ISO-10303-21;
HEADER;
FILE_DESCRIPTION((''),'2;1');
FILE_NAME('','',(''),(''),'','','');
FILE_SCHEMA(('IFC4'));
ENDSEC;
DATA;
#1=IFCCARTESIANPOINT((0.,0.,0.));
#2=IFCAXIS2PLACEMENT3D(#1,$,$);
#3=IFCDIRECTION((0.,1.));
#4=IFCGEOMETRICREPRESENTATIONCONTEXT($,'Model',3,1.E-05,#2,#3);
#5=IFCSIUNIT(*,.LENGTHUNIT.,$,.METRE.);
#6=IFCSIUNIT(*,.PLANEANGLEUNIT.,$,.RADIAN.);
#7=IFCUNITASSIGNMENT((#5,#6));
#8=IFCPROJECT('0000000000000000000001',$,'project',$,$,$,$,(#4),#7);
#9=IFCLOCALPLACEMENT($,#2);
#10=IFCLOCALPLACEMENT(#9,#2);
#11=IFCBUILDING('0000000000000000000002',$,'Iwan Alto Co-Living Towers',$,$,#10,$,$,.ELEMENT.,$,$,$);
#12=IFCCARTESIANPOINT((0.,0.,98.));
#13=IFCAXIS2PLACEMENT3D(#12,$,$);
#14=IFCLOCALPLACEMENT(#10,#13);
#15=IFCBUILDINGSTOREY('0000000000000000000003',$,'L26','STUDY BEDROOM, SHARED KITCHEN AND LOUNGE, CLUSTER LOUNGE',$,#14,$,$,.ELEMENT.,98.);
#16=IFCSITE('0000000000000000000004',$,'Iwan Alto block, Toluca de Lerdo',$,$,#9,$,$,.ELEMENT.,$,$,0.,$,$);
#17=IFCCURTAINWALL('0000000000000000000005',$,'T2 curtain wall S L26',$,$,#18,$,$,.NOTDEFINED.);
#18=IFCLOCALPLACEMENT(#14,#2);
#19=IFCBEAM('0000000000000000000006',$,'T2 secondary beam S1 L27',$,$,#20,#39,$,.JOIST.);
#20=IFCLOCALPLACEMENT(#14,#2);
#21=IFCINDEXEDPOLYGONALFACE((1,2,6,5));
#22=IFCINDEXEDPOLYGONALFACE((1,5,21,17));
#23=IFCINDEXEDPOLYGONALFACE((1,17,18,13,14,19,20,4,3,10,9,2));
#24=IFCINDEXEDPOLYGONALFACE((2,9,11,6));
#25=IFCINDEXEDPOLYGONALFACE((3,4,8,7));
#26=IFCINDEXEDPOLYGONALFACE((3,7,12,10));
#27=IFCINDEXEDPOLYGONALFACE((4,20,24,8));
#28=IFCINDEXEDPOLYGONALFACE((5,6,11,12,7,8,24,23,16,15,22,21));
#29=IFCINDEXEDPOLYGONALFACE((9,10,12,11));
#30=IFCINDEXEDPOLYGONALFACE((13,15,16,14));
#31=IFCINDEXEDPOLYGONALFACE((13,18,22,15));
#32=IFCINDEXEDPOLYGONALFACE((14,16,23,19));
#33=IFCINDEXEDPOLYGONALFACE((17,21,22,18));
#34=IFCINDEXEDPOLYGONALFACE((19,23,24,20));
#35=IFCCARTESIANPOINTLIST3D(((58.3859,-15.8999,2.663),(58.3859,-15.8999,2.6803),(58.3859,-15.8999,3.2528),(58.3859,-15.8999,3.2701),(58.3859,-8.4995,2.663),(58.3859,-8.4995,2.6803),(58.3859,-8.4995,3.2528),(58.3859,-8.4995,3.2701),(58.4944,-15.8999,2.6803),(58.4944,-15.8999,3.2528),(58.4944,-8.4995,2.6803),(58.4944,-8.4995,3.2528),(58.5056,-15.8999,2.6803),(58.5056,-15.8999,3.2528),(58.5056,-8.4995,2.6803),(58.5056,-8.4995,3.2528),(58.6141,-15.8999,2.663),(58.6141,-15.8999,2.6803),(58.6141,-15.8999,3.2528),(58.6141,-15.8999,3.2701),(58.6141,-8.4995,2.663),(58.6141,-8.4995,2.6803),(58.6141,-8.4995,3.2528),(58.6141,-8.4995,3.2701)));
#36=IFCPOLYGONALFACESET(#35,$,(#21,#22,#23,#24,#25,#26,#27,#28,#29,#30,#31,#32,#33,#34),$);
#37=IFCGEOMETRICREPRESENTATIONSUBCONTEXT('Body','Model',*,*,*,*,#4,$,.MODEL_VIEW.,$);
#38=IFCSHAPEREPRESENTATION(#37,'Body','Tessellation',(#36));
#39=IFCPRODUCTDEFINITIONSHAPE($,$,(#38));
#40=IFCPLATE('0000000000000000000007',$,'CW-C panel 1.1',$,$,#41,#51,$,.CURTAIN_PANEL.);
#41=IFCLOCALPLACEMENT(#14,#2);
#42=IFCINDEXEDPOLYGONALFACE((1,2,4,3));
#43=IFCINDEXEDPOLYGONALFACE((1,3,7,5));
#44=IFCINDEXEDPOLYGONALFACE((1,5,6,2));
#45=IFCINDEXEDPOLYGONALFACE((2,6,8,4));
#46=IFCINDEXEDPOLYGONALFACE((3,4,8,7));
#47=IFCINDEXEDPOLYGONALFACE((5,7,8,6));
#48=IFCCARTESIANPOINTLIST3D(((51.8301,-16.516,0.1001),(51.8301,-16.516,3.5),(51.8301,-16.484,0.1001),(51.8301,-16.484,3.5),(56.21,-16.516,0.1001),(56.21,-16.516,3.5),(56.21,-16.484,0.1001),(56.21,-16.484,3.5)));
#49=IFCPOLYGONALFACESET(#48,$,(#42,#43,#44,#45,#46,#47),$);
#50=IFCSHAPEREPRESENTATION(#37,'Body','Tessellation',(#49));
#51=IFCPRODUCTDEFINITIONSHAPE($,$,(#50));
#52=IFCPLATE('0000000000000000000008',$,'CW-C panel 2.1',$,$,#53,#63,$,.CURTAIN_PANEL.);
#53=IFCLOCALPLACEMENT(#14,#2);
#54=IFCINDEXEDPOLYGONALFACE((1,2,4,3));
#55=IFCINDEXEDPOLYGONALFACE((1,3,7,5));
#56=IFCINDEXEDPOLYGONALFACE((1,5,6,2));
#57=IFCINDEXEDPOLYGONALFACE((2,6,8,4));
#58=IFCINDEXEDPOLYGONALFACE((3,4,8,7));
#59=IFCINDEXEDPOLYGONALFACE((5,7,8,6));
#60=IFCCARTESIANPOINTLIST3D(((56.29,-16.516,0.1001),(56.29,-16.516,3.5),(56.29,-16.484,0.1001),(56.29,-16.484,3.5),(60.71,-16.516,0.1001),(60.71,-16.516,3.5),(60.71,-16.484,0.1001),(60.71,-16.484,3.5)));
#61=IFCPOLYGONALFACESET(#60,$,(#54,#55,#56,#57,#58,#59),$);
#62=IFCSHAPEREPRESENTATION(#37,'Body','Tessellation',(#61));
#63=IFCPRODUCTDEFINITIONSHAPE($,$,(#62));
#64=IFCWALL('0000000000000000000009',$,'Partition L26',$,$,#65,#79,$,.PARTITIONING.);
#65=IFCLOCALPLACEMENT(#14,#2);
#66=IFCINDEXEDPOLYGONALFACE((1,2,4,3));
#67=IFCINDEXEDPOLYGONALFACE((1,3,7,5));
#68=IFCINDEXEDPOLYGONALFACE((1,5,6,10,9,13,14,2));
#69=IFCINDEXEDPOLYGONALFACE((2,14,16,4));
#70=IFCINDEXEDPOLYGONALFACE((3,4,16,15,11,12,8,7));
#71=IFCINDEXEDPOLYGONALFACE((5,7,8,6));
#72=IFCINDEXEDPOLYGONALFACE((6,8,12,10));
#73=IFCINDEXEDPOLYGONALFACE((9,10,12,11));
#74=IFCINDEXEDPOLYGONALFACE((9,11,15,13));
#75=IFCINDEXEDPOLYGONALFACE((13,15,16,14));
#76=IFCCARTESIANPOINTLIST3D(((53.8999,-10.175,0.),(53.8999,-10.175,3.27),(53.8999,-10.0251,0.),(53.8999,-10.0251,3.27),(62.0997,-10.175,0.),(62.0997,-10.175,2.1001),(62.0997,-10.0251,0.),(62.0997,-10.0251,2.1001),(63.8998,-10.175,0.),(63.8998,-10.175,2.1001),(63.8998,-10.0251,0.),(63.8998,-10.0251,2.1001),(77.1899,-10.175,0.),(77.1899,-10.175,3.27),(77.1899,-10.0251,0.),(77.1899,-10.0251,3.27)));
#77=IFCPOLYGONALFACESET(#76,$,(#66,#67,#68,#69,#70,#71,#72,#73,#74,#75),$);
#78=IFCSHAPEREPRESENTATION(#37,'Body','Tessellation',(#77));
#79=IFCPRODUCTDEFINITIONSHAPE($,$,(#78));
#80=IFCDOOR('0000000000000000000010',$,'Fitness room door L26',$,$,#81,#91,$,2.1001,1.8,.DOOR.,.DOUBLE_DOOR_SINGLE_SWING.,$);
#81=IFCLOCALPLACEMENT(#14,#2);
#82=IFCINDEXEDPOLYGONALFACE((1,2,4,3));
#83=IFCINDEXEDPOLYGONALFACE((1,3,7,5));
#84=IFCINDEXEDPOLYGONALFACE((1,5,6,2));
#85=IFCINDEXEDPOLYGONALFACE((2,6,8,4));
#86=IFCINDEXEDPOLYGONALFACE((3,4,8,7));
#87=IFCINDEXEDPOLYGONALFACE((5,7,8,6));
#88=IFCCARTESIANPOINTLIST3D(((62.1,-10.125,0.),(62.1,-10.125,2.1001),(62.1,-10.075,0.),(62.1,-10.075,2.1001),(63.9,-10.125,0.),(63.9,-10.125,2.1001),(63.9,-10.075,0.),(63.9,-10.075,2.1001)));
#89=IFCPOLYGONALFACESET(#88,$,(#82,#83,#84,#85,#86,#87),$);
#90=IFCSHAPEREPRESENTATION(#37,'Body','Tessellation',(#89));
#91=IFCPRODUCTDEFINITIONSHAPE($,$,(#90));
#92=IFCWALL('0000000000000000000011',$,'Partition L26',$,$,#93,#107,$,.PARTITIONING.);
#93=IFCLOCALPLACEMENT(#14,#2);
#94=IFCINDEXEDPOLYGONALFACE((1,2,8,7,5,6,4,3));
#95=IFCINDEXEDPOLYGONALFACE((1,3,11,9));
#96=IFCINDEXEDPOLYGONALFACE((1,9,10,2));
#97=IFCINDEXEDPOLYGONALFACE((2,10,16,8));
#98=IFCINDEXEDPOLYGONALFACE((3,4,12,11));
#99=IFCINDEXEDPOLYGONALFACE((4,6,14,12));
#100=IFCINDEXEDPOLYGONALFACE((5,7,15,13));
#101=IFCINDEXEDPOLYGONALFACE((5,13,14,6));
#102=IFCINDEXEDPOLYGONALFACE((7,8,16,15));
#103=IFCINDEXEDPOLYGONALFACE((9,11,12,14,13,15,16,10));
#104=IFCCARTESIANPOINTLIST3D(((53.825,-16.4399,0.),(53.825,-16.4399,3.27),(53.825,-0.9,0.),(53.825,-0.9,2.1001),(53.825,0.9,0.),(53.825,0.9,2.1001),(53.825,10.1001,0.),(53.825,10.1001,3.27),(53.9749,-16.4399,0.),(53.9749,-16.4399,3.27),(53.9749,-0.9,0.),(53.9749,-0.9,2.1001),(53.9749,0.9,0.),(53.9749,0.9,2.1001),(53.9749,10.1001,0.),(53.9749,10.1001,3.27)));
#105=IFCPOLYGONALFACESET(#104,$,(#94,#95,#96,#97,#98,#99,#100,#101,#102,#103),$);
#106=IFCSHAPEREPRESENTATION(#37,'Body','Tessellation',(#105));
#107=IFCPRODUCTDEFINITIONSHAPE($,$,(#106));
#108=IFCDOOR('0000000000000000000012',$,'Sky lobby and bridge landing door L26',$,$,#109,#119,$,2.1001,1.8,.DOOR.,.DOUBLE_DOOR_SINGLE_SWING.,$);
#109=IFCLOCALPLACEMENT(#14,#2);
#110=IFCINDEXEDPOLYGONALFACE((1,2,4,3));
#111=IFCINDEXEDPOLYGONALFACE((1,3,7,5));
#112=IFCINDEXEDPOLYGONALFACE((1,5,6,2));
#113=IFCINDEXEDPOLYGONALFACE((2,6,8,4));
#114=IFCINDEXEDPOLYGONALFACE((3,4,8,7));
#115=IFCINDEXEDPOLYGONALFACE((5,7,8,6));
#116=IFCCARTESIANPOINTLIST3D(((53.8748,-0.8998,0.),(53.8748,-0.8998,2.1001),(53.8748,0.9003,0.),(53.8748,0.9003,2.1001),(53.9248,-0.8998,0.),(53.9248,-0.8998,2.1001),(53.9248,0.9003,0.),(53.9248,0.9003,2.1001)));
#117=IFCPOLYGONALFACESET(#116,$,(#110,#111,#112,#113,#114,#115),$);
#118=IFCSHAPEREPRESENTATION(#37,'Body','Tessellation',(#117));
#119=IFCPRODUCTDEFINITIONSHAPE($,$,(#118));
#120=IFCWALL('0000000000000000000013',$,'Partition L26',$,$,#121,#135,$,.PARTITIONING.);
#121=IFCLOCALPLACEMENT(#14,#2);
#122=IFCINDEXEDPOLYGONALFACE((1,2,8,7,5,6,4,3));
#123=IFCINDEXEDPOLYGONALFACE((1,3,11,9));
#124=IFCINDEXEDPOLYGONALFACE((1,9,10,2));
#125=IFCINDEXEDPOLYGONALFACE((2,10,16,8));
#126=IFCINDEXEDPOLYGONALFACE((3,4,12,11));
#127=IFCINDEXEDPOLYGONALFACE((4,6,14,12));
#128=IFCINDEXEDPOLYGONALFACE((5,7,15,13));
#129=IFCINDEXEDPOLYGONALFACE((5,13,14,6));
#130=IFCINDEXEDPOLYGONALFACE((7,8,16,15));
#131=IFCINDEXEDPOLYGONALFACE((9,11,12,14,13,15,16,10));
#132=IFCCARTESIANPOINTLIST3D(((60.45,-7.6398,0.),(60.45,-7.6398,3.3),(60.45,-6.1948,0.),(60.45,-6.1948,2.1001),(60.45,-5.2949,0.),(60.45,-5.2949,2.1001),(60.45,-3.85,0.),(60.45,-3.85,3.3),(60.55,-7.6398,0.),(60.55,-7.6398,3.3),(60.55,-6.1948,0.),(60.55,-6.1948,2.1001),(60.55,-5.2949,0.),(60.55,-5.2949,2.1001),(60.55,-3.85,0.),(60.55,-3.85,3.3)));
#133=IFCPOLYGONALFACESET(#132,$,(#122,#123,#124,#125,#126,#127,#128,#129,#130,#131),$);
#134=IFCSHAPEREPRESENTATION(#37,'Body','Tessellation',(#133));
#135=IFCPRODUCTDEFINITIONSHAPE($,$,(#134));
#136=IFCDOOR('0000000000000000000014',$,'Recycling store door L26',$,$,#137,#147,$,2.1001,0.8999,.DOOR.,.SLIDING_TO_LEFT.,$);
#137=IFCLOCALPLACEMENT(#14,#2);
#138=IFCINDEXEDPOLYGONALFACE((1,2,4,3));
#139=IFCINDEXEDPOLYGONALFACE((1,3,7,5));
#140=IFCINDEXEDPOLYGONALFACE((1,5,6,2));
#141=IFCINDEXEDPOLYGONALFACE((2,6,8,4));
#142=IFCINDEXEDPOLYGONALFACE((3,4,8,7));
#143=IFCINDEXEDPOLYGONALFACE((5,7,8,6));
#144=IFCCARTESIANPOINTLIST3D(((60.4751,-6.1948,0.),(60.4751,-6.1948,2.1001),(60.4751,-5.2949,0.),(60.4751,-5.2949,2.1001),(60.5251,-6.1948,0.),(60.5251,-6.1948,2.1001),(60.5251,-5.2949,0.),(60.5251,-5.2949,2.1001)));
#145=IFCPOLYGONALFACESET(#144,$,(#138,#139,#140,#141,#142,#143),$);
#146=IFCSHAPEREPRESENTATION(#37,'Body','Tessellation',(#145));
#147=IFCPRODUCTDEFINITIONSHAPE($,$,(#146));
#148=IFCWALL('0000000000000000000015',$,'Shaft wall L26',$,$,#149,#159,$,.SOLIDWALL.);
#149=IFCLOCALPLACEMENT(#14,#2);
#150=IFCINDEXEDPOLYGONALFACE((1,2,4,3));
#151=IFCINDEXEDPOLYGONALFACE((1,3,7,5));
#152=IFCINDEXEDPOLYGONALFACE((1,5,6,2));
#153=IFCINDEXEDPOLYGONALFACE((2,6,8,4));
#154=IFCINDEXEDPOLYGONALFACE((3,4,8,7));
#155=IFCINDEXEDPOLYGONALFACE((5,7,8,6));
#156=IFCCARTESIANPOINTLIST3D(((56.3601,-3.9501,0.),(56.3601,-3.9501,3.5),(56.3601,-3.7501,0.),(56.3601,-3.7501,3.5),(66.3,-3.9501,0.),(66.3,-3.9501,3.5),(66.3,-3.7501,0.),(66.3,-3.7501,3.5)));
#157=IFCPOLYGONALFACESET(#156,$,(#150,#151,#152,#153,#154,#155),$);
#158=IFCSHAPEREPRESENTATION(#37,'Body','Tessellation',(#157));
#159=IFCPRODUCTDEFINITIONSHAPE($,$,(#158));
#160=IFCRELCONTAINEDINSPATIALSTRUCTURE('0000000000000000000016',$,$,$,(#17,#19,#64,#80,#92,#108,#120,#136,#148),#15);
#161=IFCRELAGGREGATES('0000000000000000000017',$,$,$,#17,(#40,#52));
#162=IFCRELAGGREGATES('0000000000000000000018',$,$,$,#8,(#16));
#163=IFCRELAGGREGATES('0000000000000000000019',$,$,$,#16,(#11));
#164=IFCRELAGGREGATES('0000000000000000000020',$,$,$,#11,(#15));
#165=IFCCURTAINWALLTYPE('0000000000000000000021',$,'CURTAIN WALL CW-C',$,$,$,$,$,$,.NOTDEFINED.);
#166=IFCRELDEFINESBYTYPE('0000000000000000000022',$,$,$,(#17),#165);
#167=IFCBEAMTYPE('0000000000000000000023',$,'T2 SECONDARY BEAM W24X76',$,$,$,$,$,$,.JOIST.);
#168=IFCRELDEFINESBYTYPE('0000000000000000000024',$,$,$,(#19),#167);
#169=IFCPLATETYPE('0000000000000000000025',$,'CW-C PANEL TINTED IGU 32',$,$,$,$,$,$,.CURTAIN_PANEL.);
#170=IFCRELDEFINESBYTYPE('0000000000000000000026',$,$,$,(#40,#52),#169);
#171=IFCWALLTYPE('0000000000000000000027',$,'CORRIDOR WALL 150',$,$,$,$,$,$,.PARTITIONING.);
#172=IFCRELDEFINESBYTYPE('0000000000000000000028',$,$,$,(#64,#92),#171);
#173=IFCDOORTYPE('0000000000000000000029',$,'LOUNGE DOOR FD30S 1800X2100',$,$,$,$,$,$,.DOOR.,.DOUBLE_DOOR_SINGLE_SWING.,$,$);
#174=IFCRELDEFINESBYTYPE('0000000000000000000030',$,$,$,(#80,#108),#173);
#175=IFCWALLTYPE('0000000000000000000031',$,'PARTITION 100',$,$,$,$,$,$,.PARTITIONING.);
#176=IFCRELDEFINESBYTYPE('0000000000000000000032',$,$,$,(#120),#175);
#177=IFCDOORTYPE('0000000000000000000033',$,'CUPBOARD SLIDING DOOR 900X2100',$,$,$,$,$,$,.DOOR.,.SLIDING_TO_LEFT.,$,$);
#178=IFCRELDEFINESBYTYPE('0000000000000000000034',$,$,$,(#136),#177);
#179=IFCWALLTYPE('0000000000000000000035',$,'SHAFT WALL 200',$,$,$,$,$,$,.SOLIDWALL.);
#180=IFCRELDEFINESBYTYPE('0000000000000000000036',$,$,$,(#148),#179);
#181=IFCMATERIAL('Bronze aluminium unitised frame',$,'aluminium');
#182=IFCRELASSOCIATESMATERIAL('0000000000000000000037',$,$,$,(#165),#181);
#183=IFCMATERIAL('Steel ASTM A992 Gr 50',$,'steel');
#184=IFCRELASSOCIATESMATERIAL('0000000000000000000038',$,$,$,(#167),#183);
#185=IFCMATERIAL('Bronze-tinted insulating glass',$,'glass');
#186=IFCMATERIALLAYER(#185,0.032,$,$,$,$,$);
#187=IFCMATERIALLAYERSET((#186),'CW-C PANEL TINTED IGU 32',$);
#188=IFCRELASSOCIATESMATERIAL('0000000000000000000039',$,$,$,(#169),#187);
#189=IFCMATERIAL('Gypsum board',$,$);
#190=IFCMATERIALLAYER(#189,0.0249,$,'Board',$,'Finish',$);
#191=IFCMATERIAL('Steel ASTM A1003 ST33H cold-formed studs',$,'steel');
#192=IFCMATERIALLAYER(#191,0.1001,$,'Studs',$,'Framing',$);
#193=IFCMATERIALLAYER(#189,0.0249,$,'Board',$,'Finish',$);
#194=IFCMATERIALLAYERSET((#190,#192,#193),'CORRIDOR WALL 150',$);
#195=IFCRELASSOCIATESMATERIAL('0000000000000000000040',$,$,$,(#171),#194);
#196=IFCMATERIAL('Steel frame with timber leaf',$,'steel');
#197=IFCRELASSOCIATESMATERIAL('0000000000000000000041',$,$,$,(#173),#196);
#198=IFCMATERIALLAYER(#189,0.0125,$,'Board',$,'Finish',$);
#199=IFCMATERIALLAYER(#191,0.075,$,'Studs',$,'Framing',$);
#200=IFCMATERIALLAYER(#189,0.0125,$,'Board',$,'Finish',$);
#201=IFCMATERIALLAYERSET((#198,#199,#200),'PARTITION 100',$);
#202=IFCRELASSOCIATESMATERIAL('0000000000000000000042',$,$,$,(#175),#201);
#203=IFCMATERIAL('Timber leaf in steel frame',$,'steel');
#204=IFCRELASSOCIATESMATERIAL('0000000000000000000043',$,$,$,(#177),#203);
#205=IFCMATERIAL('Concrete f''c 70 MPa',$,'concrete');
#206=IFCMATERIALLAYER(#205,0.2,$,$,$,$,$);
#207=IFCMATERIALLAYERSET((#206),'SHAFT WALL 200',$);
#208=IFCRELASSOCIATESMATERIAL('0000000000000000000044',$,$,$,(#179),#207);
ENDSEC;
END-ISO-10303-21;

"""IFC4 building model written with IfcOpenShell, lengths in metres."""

from ifc_helpers import new_model, si_unit, direction, frame, frame_2d, origin, origin_2d, place, context, subcontext, project, spatial, rectangle, i_section, extrude, material, layer, layer_set, material_profile, profile_set, type_object, element, fill, aggregate, save


model = new_model("IFC4")

# Units and contexts
model_context = context("Model", 3, precision=1e-05, world=origin(), true_north=direction((0.0, 1.0)))
body_context = subcontext(model_context, "Body", "Model", "MODEL_VIEW")
ifc_project = project(units=[si_unit("LENGTHUNIT", "METRE"), si_unit("PLANEANGLEUNIT", "RADIAN")], contexts=[model_context])

# Site, building, storey
site_placement = place(None, origin())
site = spatial("IfcSite", under=ifc_project, at=site_placement, Name="Iwan Alto block, Toluca de Lerdo", CompositionType="ELEMENT", RefElevation=0.0)
building_placement = place(site_placement, origin())
building = spatial("IfcBuilding", under=site, at=building_placement, Name="Iwan Alto Co-Living Towers", CompositionType="ELEMENT")
storey_placement = place(building_placement, frame((0.0, 0.0, 98.0)))
storey = spatial("IfcBuildingStorey", under=building, at=storey_placement, Name="L26", Description="STUDY BEDROOM, SHARED KITCHEN AND LOUNGE, CLUSTER LOUNGE", CompositionType="ELEMENT", Elevation=98.0)

# Curtain wall
ifc_material_1 = material(Name="Bronze aluminium unitised frame", Category="aluminium")
curtain_wall_type_1 = type_object("IfcCurtainWallType", Name="CURTAIN WALL CW-C", PredefinedType="NOTDEFINED", material=ifc_material_1)
curtain_wall_1_placement = place(storey_placement, origin())
curtain_wall_1 = element("IfcCurtainWall", 1, at=curtain_wall_1_placement, inside=storey, type_object=curtain_wall_type_1, Name="T2 curtain wall S L26", PredefinedType="NOTDEFINED")

# Beam
ifc_material_2 = material(Name="Steel ASTM A992 Gr 50", Category="steel")
ifc_material_profile_1 = material_profile(ifc_material_2, i_section(OverallWidth=0.2283, OverallDepth=0.6072, WebThickness=0.0112, FlangeThickness=0.0173, at=origin_2d()), Name="W24X76")
ifc_profile_set_1 = profile_set([ifc_material_profile_1], Name="Steel ASTM A992 Gr 50")
beam_type_1 = type_object("IfcBeamType", Name="T2 SECONDARY BEAM W24X76", PredefinedType="JOIST", material=ifc_profile_set_1)
beam_1_placement = place(storey_placement, frame((58.5, -15.8999, 2.9666), z_axis=(0.0, 1.0, 0.0), x_axis=(-1.0, 0.0, 0.0)))
element("IfcBeam", 2, at=beam_1_placement, inside=storey, type_object=beam_type_1, Name="T2 secondary beam S1 L27", PredefinedType="JOIST", context=body_context, shape_type="SweptSolid", body=[
    extrude(i_section(OverallWidth=0.2283, OverallDepth=0.6072, WebThickness=0.0112, FlangeThickness=0.0173, at=origin_2d()), origin(), (0.0, 0.0, 1.0), 7.4004),
])

# Plates
ifc_material_3 = material(Name="Bronze-tinted insulating glass", Category="glass")
ifc_layer_1 = layer(ifc_material_3, 0.032)
ifc_layer_set_1 = layer_set([ifc_layer_1], Name="CW-C PANEL TINTED IGU 32")
plate_type = type_object("IfcPlateType", Name="CW-C PANEL TINTED IGU 32", PredefinedType="CURTAIN_PANEL", material=ifc_layer_set_1)
plate_1_placement = place(storey_placement, frame((54.02, -16.5, 0.1001), z_axis=(0.0, 0.0, 1.0), x_axis=(1.0, 0.0, 0.0)))
plate_1 = element("IfcPlate", 3, at=plate_1_placement, type_object=plate_type, Name="CW-C panel 1.1", PredefinedType="CURTAIN_PANEL", context=body_context, shape_type="SweptSolid", body=[
    extrude(rectangle(XDim=4.3799, YDim=0.032, at=origin_2d()), origin(), (0.0, 0.0, 1.0), 3.3999),
])
plate_2_placement = place(storey_placement, frame((58.5, -16.5, 0.1001), z_axis=(0.0, 0.0, 1.0), x_axis=(1.0, 0.0, 0.0)))
plate_2 = element("IfcPlate", 4, at=plate_2_placement, type_object=plate_type, Name="CW-C panel 2.1", PredefinedType="CURTAIN_PANEL", context=body_context, shape_type="SweptSolid", body=[
    extrude(rectangle(XDim=4.4199, YDim=0.032, at=origin_2d()), origin(), (0.0, 0.0, 1.0), 3.3999),
])
aggregate(curtain_wall_1, [plate_1, plate_2])

# Walls, openings, doors
ifc_material_4 = material(Name="Gypsum board")
ifc_layer_2 = layer(ifc_material_4, 0.0249, Name="Board", Category="Finish")
ifc_material_5 = material(Name="Steel ASTM A1003 ST33H cold-formed studs", Category="steel")
ifc_layer_3 = layer(ifc_material_5, 0.1001, Name="Studs", Category="Framing")
ifc_layer_4 = layer(ifc_material_4, 0.0249, Name="Board", Category="Finish")
ifc_layer_set_2 = layer_set([ifc_layer_2, ifc_layer_3, ifc_layer_4], Name="CORRIDOR WALL 150")
wall_type_1 = type_object("IfcWallType", Name="CORRIDOR WALL 150", PredefinedType="PARTITIONING", material=ifc_layer_set_2)
wall_1_placement = place(storey_placement, frame((53.8999, -10.1001, 0.0), z_axis=(0.0, 0.0, 1.0), x_axis=(1.0, 0.0, 0.0)))
wall_1 = element("IfcWall", 5, at=wall_1_placement, inside=storey, type_object=wall_type_1, Name="Partition L26", PredefinedType="PARTITIONING", context=body_context, shape_type="SweptSolid", body=[
    extrude(rectangle(XDim=23.29, YDim=0.1499, at=frame_2d((11.645, 0.0))), origin(), (0.0, 0.0, 1.0), 3.27),
])
opening_1_placement = place(wall_1_placement, frame((8.2, 0.0, 0.0)))
opening_1 = element("IfcOpeningElement", 6, at=opening_1_placement, cuts=wall_1, PredefinedType="OPENING", context=body_context, shape_type="SweptSolid", body=[
    extrude(rectangle(XDim=1.8, YDim=2.1001, at=frame_2d((0.8999, 1.05))), frame((0.0, 0.085, 0.0), z_axis=(0.0, -1.0, 0.0), x_axis=(1.0, 0.0, 0.0)), (0.0, 0.0, 1.0), 0.1699),
])
ifc_material_6 = material(Name="Steel frame with timber leaf", Category="steel")
door_type_1 = type_object("IfcDoorType", Name="LOUNGE DOOR FD30S 1800X2100", OperationType="DOUBLE_DOOR_SINGLE_SWING", PredefinedType="DOOR", material=ifc_material_6)
door_1_placement = place(opening_1_placement, frame((1.8, 0.0, 0.0), z_axis=(0.0, 0.0, 1.0), x_axis=(-1.0, 0.0, 0.0)))
door_1 = element("IfcDoor", 7, at=door_1_placement, inside=storey, type_object=door_type_1, Name="Fitness room door L26", OperationType="DOUBLE_DOOR_SINGLE_SWING", OverallHeight=2.1001, OverallWidth=1.8, PredefinedType="DOOR", context=body_context, shape_type="SweptSolid", body=[
    extrude(rectangle(XDim=1.8, YDim=2.1001, at=frame_2d((0.8999, 1.05))), frame((0.0, 0.0249, 0.0), z_axis=(0.0, -1.0, 0.0), x_axis=(1.0, 0.0, 0.0)), (0.0, 0.0, 1.0), 0.05),
])
fill(opening_1, door_1)
wall_2_placement = place(storey_placement, frame((53.8999, -16.4399, 0.0), z_axis=(0.0, 0.0, 1.0), x_axis=(0.0, 1.0, 0.0)))
wall_2 = element("IfcWall", 8, at=wall_2_placement, inside=storey, type_object=wall_type_1, Name="Partition L26", PredefinedType="PARTITIONING", context=body_context, shape_type="SweptSolid", body=[
    extrude(rectangle(XDim=26.54, YDim=0.1499, at=frame_2d((13.27, 0.0))), origin(), (0.0, 0.0, 1.0), 3.27),
])
opening_2_placement = place(wall_2_placement, frame((15.54, 0.0, 0.0)))
opening_2 = element("IfcOpeningElement", 9, at=opening_2_placement, cuts=wall_2, PredefinedType="OPENING", context=body_context, shape_type="SweptSolid", body=[
    extrude(rectangle(XDim=1.8, YDim=2.1001, at=frame_2d((0.8999, 1.05))), frame((0.0, 0.085, 0.0), z_axis=(0.0, -1.0, 0.0), x_axis=(1.0, 0.0, 0.0)), (0.0, 0.0, 1.0), 0.1699),
])
door_2_placement = place(opening_2_placement, frame((1.8, 0.0, 0.0), z_axis=(0.0, 0.0, 1.0), x_axis=(-1.0, 0.0, 0.0)))
door_2 = element("IfcDoor", 10, at=door_2_placement, inside=storey, type_object=door_type_1, Name="Sky lobby and bridge landing door L26", OperationType="DOUBLE_DOOR_SINGLE_SWING", OverallHeight=2.1001, OverallWidth=1.8, PredefinedType="DOOR", context=body_context, shape_type="SweptSolid", body=[
    extrude(rectangle(XDim=1.8, YDim=2.1001, at=frame_2d((0.8999, 1.05))), frame((0.0, 0.0249, 0.0), z_axis=(0.0, -1.0, 0.0), x_axis=(1.0, 0.0, 0.0)), (0.0, 0.0, 1.0), 0.05),
])
fill(opening_2, door_2)
ifc_layer_5 = layer(ifc_material_4, 0.0125, Name="Board", Category="Finish")
ifc_layer_6 = layer(ifc_material_5, 0.075, Name="Studs", Category="Framing")
ifc_layer_7 = layer(ifc_material_4, 0.0125, Name="Board", Category="Finish")
ifc_layer_set_3 = layer_set([ifc_layer_5, ifc_layer_6, ifc_layer_7], Name="PARTITION 100")
wall_type_2 = type_object("IfcWallType", Name="PARTITION 100", PredefinedType="PARTITIONING", material=ifc_layer_set_3)
wall_3_placement = place(storey_placement, frame((60.5, -7.6399, 0.0), z_axis=(0.0, 0.0, 1.0), x_axis=(0.0, 1.0, 0.0)))
wall_3 = element("IfcWall", 11, at=wall_3_placement, inside=storey, type_object=wall_type_2, Name="Partition L26", PredefinedType="PARTITIONING", context=body_context, shape_type="SweptSolid", body=[
    extrude(rectangle(XDim=3.7898, YDim=0.1001, at=frame_2d((1.895, 0.0))), origin(), (0.0, 0.0, 1.0), 3.3),
])
opening_3_placement = place(wall_3_placement, frame((1.4451, 0.0, 0.0)))
opening_3 = element("IfcOpeningElement", 12, at=opening_3_placement, cuts=wall_3, PredefinedType="OPENING", context=body_context, shape_type="SweptSolid", body=[
    extrude(rectangle(XDim=0.8999, YDim=2.1001, at=frame_2d((0.45, 1.05))), frame((0.0, 0.0601, 0.0), z_axis=(0.0, -1.0, 0.0), x_axis=(1.0, 0.0, 0.0)), (0.0, 0.0, 1.0), 0.1201),
])
ifc_material_7 = material(Name="Timber leaf in steel frame", Category="steel")
door_type_2 = type_object("IfcDoorType", Name="CUPBOARD SLIDING DOOR 900X2100", OperationType="SLIDING_TO_LEFT", PredefinedType="DOOR", material=ifc_material_7)
door_3_placement = place(opening_3_placement, origin())
door_3 = element("IfcDoor", 13, at=door_3_placement, inside=storey, type_object=door_type_2, Name="Recycling store door L26", OperationType="SLIDING_TO_LEFT", OverallHeight=2.1001, OverallWidth=0.8999, PredefinedType="DOOR", context=body_context, shape_type="SweptSolid", body=[
    extrude(rectangle(XDim=0.8999, YDim=2.1001, at=frame_2d((0.45, 1.05))), frame((0.0, 0.0249, 0.0), z_axis=(0.0, -1.0, 0.0), x_axis=(1.0, 0.0, 0.0)), (0.0, 0.0, 1.0), 0.05),
])
fill(opening_3, door_3)

# Wall
ifc_material_8 = material(Name="Concrete f'c 70 MPa", Category="concrete")
ifc_layer_8 = layer(ifc_material_8, 0.2)
ifc_layer_set_4 = layer_set([ifc_layer_8], Name="SHAFT WALL 200")
wall_type_3 = type_object("IfcWallType", Name="SHAFT WALL 200", PredefinedType="SOLIDWALL", material=ifc_layer_set_4)
wall_4_placement = place(storey_placement, frame((56.3601, -3.8501, 0.0), z_axis=(0.0, 0.0, 1.0), x_axis=(1.0, 0.0, 0.0)))
element("IfcWall", 14, at=wall_4_placement, inside=storey, type_object=wall_type_3, Name="Shaft wall L26", PredefinedType="SOLIDWALL", context=body_context, shape_type="SweptSolid", body=[
    extrude(rectangle(XDim=9.9399, YDim=0.2, at=frame_2d((4.97, 0.0))), origin(), (0.0, 0.0, 1.0), 3.5),
])

save(model, "model.ifc")
